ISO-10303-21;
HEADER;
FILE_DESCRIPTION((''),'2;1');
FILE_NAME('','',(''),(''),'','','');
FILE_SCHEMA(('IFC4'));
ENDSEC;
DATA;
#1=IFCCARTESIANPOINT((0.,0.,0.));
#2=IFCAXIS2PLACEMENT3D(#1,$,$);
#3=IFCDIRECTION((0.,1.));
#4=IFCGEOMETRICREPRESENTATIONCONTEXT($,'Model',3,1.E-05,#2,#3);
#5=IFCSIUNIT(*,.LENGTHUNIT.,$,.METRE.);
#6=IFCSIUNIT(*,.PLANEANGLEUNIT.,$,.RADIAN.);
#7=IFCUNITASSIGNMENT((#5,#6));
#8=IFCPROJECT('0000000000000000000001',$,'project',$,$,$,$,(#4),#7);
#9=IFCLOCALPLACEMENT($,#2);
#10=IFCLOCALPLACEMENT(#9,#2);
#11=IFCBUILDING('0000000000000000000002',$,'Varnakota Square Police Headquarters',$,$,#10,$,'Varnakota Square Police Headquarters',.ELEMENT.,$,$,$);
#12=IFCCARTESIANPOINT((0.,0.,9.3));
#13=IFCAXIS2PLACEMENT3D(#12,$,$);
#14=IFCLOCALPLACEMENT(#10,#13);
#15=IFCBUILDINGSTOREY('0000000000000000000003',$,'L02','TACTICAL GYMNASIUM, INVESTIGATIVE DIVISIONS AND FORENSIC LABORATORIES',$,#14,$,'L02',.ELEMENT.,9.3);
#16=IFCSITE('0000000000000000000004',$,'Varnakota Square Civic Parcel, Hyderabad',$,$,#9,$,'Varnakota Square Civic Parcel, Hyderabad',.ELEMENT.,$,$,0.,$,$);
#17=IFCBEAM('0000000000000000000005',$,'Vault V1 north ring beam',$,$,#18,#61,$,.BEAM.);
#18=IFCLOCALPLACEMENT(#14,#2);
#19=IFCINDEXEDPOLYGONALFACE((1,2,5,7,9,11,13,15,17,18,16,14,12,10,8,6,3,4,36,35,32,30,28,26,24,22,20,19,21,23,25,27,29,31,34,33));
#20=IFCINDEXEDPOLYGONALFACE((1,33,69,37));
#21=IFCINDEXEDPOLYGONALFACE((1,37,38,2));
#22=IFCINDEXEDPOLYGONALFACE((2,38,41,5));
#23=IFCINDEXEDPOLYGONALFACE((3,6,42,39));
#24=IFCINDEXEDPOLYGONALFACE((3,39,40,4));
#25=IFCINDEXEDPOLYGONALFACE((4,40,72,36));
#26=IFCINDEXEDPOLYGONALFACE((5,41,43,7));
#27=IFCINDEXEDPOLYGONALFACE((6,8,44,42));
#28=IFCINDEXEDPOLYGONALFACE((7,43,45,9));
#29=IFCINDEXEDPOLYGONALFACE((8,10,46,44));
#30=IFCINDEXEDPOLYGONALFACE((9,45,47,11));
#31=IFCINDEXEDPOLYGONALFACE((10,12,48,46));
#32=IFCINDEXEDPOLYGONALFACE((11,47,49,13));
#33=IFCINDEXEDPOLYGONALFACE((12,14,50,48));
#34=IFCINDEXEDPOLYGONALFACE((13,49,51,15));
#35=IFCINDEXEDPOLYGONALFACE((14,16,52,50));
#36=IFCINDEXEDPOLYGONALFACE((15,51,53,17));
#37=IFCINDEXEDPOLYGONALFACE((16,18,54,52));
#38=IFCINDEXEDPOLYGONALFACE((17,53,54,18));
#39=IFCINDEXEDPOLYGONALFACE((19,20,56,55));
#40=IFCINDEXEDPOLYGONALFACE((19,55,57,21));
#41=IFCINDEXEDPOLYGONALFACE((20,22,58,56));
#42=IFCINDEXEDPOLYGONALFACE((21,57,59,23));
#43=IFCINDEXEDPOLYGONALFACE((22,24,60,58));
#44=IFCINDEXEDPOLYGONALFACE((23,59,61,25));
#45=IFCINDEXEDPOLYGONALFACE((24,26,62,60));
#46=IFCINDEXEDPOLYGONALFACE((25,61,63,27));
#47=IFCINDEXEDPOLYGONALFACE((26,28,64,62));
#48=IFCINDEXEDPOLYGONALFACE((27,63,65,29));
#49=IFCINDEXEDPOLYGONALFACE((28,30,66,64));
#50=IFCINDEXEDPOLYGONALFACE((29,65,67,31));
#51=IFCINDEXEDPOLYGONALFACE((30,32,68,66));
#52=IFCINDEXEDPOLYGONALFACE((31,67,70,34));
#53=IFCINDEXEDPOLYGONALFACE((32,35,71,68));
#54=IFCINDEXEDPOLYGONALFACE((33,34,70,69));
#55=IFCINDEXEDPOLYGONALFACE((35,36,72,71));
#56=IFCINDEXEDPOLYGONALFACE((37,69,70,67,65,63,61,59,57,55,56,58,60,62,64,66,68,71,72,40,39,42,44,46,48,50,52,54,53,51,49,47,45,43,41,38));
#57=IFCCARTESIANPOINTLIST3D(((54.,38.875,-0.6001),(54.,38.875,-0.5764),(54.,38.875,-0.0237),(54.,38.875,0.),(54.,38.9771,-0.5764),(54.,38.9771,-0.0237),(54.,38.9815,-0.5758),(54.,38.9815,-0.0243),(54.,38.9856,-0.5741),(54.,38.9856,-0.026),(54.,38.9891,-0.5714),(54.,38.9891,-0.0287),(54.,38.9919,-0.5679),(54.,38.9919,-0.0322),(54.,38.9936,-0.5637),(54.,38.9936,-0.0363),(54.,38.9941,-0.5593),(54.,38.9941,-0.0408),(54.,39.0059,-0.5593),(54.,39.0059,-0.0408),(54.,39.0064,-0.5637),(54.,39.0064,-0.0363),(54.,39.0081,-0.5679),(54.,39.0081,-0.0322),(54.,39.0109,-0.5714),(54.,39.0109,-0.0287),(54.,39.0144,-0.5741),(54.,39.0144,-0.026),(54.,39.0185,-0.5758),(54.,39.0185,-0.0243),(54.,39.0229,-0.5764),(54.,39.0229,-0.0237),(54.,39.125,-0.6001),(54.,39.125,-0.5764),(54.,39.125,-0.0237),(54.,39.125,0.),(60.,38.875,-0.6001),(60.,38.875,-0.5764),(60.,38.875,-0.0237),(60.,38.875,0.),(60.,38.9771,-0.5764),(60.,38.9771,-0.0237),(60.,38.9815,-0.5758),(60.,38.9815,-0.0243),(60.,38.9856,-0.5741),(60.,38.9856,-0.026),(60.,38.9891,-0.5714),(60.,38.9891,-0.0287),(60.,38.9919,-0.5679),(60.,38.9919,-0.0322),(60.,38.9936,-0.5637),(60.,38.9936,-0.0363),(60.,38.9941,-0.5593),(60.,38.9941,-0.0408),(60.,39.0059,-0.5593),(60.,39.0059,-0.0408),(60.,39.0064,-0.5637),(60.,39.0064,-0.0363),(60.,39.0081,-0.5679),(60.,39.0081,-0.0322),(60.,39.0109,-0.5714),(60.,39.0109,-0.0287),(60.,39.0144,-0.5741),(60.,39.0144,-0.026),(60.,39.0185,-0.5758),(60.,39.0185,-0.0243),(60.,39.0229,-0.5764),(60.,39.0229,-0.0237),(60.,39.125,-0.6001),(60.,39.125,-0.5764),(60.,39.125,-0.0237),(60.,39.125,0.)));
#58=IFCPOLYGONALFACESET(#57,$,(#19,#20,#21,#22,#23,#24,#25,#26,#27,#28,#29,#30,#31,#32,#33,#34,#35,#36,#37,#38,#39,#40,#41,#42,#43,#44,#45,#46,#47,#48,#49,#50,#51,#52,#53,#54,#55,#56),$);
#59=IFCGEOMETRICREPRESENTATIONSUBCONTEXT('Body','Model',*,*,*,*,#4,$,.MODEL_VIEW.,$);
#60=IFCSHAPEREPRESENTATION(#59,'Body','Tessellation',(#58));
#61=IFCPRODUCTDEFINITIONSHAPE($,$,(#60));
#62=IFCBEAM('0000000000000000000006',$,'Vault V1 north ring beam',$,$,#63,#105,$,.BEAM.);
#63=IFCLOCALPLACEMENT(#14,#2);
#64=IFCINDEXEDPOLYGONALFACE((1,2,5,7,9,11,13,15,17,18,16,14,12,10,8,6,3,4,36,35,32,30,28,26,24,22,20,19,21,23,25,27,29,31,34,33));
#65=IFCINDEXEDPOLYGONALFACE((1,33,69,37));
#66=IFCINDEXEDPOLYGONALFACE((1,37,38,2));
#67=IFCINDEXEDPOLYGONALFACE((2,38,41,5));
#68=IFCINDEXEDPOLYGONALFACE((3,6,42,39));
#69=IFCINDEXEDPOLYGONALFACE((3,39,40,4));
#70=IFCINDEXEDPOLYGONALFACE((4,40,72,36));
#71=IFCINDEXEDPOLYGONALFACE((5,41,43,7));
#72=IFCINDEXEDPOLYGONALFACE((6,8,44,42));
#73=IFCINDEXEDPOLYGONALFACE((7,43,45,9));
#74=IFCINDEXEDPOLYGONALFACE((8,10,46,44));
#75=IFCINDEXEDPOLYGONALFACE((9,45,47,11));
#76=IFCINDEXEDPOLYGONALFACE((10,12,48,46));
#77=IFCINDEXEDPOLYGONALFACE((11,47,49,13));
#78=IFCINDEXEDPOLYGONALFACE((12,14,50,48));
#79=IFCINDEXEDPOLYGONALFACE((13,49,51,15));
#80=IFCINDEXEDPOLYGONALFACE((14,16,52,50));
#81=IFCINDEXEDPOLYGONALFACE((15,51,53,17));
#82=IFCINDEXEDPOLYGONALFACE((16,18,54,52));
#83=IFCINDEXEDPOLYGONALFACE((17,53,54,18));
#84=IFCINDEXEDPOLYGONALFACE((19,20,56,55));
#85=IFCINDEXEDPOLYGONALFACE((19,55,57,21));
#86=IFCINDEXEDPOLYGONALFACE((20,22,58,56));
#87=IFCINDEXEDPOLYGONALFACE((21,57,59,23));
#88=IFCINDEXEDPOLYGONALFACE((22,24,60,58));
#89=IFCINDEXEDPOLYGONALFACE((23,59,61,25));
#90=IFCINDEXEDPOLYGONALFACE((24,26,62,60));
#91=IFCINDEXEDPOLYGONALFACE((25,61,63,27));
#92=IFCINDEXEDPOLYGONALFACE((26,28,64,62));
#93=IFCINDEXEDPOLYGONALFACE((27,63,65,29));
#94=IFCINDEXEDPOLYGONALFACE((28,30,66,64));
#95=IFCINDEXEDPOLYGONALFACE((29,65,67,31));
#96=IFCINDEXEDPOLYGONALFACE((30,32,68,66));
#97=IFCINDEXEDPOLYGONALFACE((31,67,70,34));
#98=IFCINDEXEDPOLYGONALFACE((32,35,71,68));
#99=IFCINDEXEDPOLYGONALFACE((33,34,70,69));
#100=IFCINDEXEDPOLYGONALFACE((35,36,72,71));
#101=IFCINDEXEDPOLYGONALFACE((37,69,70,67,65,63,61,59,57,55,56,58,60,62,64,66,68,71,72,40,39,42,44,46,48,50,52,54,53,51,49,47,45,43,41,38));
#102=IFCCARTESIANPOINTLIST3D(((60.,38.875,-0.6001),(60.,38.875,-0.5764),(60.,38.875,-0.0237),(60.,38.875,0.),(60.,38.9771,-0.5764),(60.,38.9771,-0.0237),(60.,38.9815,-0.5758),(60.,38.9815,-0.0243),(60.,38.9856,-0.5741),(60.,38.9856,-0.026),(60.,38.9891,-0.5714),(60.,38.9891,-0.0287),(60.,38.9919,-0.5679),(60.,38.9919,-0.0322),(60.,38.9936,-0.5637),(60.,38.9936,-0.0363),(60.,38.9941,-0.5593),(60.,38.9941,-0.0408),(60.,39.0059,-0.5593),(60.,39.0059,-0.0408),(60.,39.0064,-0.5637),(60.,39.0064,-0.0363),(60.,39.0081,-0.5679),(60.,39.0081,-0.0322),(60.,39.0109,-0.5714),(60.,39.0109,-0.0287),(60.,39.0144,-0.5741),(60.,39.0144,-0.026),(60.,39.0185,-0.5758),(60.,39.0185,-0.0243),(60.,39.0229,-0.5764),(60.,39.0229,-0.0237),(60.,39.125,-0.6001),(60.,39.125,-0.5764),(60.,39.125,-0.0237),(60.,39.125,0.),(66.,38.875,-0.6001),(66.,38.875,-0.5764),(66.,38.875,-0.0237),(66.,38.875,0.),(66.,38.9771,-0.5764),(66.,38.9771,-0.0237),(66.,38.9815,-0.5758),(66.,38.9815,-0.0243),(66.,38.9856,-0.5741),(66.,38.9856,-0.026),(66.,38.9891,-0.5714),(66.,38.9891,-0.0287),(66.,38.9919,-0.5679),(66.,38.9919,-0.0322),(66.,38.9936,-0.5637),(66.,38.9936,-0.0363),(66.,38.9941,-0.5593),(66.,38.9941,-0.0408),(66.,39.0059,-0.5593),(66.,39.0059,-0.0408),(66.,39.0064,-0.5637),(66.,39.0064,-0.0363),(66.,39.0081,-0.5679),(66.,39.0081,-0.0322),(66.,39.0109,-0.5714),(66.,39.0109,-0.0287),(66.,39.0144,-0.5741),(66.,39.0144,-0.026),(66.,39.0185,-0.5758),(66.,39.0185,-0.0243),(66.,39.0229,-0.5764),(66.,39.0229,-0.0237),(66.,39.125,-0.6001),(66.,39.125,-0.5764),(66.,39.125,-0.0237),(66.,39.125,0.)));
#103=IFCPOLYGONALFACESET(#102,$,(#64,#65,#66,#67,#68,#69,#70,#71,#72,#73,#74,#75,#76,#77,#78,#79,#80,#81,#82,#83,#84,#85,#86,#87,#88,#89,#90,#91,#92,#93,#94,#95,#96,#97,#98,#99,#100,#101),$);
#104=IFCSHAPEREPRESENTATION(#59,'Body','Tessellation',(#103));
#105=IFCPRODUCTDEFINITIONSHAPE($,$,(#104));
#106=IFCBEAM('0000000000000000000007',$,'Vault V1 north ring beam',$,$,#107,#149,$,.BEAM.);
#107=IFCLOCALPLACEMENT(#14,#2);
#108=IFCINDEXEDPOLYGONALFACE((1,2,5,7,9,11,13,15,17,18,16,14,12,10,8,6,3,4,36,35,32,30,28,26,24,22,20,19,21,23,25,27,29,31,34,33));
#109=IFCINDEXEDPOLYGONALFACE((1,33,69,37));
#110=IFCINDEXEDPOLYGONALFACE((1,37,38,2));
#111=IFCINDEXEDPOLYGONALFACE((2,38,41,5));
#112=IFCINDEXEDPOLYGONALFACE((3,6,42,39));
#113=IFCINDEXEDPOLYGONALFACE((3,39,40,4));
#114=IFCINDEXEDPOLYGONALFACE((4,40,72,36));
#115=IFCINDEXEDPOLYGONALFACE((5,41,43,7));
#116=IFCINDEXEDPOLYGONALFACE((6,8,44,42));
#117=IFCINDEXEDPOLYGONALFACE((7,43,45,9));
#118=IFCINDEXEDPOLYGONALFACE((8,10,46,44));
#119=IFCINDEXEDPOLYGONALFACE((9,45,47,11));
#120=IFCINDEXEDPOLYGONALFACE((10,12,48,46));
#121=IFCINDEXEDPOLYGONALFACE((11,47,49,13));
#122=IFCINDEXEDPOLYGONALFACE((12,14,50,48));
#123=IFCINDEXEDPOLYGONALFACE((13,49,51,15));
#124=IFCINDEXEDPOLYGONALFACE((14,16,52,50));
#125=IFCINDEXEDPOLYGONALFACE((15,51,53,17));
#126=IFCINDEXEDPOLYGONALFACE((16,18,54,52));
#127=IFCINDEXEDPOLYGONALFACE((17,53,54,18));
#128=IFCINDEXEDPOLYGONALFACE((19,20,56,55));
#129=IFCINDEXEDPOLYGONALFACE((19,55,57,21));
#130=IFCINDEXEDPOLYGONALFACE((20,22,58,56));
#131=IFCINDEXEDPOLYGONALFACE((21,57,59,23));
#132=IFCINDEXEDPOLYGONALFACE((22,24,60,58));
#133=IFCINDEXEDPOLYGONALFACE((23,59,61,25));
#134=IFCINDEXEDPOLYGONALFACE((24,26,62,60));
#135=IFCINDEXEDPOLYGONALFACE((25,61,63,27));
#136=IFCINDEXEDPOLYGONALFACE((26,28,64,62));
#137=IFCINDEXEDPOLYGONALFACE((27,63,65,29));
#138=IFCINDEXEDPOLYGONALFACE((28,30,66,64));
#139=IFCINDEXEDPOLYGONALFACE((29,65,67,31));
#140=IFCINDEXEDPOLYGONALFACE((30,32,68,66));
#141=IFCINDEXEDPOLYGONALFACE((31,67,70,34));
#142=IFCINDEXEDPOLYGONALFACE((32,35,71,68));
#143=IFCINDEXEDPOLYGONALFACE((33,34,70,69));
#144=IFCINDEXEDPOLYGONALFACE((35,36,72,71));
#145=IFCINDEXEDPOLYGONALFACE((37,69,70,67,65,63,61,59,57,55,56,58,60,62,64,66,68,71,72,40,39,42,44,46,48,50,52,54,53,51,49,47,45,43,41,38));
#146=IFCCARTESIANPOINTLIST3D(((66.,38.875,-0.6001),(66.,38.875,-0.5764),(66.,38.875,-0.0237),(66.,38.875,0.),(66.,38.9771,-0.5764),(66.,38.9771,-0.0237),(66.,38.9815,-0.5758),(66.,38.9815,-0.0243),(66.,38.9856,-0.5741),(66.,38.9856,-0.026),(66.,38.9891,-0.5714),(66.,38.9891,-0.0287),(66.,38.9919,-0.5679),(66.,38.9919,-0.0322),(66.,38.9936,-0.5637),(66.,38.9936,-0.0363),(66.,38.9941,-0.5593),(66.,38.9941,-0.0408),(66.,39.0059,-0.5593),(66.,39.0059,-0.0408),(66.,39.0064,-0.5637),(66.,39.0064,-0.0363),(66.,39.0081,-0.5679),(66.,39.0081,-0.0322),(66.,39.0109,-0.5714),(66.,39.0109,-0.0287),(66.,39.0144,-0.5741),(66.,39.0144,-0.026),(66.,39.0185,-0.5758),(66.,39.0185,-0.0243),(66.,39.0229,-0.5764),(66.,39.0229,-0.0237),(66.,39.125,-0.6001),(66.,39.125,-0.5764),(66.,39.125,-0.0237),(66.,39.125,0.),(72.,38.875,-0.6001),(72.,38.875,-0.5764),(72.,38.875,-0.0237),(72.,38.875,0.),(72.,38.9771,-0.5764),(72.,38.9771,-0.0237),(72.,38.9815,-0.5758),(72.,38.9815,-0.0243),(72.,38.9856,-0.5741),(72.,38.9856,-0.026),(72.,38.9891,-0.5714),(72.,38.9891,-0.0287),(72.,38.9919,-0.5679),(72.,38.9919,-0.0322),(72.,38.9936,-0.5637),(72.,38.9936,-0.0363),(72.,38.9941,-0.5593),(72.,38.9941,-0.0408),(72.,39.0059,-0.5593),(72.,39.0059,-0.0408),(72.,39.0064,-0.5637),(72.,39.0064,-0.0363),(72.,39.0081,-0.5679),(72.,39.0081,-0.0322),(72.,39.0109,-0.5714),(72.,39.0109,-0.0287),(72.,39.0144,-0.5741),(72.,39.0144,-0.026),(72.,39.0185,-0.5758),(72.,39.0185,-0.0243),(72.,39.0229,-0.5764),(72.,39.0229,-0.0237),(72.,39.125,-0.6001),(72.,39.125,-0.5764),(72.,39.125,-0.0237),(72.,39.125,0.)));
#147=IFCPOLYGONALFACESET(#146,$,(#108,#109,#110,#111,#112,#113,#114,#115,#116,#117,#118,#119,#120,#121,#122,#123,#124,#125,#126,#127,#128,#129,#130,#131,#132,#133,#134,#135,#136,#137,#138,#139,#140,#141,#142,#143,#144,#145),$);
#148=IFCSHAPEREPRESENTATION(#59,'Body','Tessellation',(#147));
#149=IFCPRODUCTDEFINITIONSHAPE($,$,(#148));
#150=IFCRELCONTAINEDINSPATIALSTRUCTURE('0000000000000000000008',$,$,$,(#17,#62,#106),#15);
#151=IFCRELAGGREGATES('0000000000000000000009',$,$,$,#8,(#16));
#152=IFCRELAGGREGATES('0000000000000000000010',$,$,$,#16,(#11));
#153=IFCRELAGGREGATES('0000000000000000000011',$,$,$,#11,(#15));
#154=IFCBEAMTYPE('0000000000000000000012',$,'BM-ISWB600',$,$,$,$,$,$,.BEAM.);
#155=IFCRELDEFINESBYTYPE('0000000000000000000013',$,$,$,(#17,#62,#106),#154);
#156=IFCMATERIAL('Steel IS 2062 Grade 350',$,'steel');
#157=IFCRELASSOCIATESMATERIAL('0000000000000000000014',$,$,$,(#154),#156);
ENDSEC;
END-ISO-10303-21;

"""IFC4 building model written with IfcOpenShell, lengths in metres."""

from ifc_helpers import new_model, si_unit, direction, frame, origin, origin_2d, place, context, subcontext, project, spatial, i_section, extrude, material, material_profile, profile_set, type_object, element, save


model = new_model("IFC4")

# Units and contexts
model_context = context("Model", 3, precision=1e-05, world=origin(), true_north=direction((0.0, 1.0)))
body_context = subcontext(model_context, "Body", "Model", "MODEL_VIEW")
ifc_project = project(units=[si_unit("LENGTHUNIT", "METRE"), si_unit("PLANEANGLEUNIT", "RADIAN")], contexts=[model_context])

# Site, building, storey
site_placement = place(None, origin())
site = spatial("IfcSite", under=ifc_project, at=site_placement, Name="Varnakota Square Civic Parcel, Hyderabad", LongName="Varnakota Square Civic Parcel, Hyderabad", CompositionType="ELEMENT", RefElevation=0.0)
building_placement = place(site_placement, origin())
building = spatial("IfcBuilding", under=site, at=building_placement, Name="Varnakota Square Police Headquarters", LongName="Varnakota Square Police Headquarters", CompositionType="ELEMENT")
storey_placement = place(building_placement, frame((0.0, 0.0, 9.3)))
storey = spatial("IfcBuildingStorey", under=building, at=storey_placement, Name="L02", Description="TACTICAL GYMNASIUM, INVESTIGATIVE DIVISIONS AND FORENSIC LABORATORIES", LongName="L02", CompositionType="ELEMENT", Elevation=9.3)

# Beams
ifc_material_1 = material(Name="Steel IS 2062 Grade 350", Category="steel")
ifc_material_profile_1 = material_profile(ifc_material_1, i_section(OverallWidth=0.25, OverallDepth=0.6001, WebThickness=0.0117, FlangeThickness=0.0237, FilletRadius=0.0171, at=origin_2d()), Name="ISWB 600")
ifc_profile_set_1 = profile_set([ifc_material_profile_1], Name="Steel IS 2062 Grade 350")
beam_type_1 = type_object("IfcBeamType", Name="BM-ISWB600", PredefinedType="BEAM", material=ifc_profile_set_1)
for number, where, z_axis, x_axis, name in (
    (1, (54.0, 39.0, -0.3), (1.0, 0.0, 0.0), (0.0, 1.0, 0.0), "Vault V1 north ring beam"),
    (2, (60.0, 39.0, -0.3), (1.0, 0.0, 0.0), (0.0, 1.0, 0.0), "Vault V1 north ring beam"),
    (3, (66.0, 39.0, -0.3), (1.0, 0.0, 0.0), (0.0, 1.0, 0.0), "Vault V1 north ring beam"),
):
    element("IfcBeam", number, at=place(storey_placement, frame(where, z_axis=z_axis, x_axis=x_axis)), inside=storey, type_object=beam_type_1, Name=name, PredefinedType="BEAM", context=body_context, shape_type="SweptSolid", body=[
        extrude(i_section(OverallWidth=0.25, OverallDepth=0.6001, WebThickness=0.0117, FlangeThickness=0.0237, FilletRadius=0.0171, at=origin_2d()), origin(), (0.0, 0.0, 1.0), 6.0),
    ])

save(model, "model.ifc")
